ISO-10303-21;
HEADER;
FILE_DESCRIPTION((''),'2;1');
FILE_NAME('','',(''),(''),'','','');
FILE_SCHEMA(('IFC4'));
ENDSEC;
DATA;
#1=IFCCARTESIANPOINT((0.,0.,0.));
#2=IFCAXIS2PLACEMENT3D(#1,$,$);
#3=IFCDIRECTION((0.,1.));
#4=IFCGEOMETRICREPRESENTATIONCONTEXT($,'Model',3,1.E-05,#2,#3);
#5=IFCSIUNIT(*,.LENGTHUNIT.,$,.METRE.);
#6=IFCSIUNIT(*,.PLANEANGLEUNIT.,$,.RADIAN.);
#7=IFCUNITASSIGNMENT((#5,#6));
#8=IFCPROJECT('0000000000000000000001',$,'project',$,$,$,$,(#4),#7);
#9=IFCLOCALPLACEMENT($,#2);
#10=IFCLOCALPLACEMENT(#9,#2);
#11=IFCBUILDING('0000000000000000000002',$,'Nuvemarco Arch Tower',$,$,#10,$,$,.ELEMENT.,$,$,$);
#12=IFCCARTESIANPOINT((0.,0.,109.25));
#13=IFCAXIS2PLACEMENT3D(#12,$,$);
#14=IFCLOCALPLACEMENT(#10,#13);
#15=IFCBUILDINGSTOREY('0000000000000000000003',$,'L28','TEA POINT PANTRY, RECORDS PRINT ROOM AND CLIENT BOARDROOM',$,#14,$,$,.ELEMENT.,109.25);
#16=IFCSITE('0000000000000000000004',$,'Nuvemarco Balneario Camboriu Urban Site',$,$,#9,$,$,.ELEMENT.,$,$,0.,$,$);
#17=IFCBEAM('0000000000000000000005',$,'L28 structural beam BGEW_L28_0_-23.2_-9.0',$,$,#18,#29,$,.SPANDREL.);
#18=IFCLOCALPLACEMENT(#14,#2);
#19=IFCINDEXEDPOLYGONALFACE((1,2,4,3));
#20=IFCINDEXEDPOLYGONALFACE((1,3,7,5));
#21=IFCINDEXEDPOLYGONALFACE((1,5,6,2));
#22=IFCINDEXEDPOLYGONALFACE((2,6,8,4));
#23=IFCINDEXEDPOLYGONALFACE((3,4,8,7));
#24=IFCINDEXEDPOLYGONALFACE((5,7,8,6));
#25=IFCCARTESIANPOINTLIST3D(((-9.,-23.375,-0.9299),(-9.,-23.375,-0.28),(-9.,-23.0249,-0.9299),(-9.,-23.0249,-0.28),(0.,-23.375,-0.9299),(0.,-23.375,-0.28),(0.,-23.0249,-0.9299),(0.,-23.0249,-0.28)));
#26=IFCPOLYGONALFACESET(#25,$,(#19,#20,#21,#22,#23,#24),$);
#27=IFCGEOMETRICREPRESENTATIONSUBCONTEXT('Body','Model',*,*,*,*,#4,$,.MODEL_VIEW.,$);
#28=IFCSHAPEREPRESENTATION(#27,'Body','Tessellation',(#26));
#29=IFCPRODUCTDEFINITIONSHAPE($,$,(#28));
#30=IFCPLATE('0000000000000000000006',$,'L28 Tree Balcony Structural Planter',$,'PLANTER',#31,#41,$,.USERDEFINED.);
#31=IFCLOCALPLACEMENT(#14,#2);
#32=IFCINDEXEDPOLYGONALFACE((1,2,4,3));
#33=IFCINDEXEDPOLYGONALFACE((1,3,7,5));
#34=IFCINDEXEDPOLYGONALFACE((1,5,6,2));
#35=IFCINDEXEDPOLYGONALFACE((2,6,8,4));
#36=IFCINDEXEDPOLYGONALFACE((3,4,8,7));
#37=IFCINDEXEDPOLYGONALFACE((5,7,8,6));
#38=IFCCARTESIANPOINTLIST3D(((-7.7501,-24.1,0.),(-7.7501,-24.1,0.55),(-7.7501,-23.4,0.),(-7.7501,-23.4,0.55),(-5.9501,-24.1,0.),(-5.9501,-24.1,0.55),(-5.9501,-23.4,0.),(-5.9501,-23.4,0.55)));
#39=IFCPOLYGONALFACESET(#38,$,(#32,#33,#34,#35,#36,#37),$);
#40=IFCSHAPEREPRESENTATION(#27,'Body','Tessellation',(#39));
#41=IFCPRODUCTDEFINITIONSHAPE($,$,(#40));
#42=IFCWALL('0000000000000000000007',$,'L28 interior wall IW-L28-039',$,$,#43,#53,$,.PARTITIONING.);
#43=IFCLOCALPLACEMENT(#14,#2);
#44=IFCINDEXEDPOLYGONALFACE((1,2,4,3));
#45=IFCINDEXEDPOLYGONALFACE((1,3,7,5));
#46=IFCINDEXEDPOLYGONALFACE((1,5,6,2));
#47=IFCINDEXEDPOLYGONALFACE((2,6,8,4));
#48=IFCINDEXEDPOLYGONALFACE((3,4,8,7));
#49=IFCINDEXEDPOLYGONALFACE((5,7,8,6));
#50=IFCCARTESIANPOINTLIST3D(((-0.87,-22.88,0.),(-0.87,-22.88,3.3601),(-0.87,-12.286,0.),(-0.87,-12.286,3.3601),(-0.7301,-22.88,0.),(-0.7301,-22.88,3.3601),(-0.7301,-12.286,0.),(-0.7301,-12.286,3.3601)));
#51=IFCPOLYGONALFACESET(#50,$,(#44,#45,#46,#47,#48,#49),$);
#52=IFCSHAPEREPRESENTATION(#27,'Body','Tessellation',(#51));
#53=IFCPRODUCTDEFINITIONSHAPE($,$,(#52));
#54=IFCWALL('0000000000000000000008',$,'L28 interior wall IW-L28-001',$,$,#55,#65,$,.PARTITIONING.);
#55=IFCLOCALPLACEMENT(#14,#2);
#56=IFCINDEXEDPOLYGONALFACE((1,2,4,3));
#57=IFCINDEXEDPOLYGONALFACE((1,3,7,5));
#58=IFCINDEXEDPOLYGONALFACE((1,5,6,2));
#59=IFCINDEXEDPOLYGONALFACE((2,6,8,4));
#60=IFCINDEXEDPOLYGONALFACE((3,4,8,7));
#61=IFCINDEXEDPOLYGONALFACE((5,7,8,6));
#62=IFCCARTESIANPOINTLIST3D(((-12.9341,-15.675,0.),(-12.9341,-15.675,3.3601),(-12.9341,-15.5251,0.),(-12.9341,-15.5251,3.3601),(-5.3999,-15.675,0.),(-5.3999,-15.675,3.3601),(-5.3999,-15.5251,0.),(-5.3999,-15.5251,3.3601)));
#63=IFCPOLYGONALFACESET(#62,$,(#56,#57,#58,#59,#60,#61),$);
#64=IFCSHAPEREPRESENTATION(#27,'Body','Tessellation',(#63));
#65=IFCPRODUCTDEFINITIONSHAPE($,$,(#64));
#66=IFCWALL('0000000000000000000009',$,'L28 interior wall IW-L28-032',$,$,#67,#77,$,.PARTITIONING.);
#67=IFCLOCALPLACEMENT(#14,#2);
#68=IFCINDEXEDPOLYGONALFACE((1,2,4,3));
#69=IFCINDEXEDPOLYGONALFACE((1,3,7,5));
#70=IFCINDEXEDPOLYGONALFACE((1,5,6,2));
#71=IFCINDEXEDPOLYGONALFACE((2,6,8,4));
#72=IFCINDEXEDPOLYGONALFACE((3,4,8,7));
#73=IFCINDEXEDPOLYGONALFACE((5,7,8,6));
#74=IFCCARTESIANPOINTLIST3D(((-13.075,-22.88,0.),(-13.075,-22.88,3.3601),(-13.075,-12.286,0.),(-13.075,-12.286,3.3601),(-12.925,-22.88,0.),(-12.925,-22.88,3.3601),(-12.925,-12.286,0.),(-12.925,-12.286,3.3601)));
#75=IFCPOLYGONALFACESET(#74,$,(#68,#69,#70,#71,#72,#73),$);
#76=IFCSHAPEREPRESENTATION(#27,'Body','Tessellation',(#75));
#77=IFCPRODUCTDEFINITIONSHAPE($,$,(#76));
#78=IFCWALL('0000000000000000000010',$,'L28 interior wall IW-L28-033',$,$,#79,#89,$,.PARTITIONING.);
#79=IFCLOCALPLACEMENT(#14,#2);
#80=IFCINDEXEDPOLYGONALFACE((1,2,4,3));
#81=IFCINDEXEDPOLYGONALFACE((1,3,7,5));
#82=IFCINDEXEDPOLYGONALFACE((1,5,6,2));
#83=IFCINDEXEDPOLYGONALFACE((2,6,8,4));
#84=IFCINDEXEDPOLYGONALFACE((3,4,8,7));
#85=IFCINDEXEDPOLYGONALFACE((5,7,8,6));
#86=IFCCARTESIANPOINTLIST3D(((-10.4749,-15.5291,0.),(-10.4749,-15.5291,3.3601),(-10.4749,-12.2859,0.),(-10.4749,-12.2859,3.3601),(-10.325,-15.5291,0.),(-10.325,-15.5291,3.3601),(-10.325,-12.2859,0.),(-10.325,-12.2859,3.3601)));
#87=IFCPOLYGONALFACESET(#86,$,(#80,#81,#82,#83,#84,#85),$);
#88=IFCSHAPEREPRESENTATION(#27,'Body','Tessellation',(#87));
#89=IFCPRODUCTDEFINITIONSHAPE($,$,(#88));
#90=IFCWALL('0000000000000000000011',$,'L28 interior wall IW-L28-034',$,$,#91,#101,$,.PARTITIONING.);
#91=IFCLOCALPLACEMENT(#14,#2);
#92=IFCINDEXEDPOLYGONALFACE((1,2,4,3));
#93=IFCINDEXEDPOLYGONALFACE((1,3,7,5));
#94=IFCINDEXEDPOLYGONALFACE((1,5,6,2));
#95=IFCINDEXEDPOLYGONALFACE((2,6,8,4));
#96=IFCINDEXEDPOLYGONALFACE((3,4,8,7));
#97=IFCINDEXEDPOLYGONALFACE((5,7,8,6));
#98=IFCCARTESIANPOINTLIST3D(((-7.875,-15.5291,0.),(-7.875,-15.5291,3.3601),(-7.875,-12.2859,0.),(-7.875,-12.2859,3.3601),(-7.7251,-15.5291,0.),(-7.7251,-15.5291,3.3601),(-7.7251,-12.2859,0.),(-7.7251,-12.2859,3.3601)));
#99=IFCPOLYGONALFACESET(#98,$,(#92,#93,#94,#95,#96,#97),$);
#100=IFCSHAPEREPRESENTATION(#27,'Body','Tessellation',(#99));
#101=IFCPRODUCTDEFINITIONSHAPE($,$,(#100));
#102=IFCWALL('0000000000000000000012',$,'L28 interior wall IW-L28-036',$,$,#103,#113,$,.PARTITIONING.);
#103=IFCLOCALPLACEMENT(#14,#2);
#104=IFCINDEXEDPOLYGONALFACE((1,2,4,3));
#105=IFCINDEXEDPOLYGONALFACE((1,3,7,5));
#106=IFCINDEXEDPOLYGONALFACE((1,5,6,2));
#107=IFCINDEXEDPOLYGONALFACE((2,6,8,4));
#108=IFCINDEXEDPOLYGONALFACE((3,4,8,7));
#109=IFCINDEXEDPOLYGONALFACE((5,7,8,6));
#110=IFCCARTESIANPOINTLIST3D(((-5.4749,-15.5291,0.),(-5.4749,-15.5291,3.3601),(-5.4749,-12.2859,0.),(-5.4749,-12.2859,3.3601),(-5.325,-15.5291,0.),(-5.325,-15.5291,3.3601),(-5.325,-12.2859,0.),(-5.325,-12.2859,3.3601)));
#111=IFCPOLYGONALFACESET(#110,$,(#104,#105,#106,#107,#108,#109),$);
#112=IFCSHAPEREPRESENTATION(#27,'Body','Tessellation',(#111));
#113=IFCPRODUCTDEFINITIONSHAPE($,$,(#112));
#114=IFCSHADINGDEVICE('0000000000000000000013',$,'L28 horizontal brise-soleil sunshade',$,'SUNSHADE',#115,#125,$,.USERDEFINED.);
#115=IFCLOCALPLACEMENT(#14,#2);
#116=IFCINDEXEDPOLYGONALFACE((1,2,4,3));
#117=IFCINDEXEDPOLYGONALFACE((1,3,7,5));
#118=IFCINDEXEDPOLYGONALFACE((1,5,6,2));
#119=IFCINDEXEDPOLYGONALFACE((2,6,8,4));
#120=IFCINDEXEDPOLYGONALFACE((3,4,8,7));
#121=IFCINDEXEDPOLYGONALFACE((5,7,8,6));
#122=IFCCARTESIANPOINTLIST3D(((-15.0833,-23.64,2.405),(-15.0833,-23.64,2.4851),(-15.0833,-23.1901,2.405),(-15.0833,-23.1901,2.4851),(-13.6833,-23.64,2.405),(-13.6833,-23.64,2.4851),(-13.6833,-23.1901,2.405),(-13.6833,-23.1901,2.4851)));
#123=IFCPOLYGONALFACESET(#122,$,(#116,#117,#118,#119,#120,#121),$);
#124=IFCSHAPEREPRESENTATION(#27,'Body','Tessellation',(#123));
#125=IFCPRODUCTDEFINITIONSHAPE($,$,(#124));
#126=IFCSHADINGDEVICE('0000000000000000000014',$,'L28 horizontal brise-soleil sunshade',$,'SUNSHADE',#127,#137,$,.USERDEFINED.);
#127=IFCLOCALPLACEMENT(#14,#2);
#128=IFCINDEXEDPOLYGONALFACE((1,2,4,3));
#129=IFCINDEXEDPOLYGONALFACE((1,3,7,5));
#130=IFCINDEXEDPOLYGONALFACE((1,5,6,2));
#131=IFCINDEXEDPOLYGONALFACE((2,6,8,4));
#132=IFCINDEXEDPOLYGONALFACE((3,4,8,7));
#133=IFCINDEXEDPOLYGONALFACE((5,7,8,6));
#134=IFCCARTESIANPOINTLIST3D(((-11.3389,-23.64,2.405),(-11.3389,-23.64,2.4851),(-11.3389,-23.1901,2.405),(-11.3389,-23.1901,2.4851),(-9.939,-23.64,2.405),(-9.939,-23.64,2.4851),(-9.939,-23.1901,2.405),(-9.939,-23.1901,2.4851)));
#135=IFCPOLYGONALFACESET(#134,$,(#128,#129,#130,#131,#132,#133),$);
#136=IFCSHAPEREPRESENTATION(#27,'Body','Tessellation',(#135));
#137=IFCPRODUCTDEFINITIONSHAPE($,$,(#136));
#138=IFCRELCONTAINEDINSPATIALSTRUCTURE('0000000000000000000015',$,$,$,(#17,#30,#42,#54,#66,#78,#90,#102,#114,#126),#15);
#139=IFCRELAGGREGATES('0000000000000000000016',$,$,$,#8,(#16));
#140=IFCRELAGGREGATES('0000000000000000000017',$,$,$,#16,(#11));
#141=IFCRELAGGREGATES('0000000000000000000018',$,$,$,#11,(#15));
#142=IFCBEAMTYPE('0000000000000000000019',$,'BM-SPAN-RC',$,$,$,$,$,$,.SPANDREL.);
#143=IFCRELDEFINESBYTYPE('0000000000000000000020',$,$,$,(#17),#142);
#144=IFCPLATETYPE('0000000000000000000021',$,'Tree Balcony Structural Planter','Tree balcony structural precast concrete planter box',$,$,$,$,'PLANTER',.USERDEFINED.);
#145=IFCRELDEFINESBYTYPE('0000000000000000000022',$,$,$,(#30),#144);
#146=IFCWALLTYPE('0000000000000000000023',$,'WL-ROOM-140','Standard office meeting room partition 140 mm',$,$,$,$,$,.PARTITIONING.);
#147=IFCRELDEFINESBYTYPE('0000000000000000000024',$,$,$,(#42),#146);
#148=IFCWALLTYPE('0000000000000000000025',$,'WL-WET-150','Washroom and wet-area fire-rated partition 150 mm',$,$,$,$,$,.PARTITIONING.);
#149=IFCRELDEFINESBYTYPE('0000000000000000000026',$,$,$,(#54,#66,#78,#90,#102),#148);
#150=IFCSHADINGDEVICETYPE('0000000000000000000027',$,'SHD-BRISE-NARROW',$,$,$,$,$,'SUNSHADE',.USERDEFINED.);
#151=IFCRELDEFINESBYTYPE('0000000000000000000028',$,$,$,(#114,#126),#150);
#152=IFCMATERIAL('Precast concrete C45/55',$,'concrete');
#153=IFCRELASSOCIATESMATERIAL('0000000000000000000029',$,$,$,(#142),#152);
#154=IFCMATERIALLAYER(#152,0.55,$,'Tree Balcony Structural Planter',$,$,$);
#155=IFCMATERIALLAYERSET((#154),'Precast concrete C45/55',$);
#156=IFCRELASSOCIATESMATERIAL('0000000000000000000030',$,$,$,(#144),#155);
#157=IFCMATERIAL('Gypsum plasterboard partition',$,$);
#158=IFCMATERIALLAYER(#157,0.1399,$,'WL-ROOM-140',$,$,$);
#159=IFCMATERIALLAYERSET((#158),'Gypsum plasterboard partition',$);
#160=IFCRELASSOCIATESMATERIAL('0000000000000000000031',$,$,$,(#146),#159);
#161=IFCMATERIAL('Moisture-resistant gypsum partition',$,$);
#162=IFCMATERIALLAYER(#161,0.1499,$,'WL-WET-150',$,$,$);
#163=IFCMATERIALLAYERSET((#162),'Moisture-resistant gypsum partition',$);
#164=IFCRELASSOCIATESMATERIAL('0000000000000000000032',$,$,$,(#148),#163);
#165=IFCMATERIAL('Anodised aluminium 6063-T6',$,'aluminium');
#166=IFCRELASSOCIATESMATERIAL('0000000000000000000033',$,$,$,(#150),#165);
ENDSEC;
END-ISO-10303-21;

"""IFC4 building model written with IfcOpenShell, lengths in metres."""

from ifc_helpers import new_model, si_unit, direction, frame, frame_2d, origin, origin_2d, place, context, subcontext, project, spatial, rectangle, extrude, source, transform, mapped, material, layer, layer_set, material_profile, profile_set, type_object, type_shapes, element, save


model = new_model("IFC4")

# Units and contexts
model_context = context("Model", 3, precision=1e-05, world=origin(), true_north=direction((0.0, 1.0)))
body_context = subcontext(model_context, "Body", "Model", "MODEL_VIEW")
ifc_project = project(units=[si_unit("LENGTHUNIT", "METRE"), si_unit("PLANEANGLEUNIT", "RADIAN")], contexts=[model_context])

# Site, building, storey
site_placement = place(None, origin())
site = spatial("IfcSite", under=ifc_project, at=site_placement, Name="Nuvemarco Balneario Camboriu Urban Site", CompositionType="ELEMENT", RefElevation=0.0)
building_placement = place(site_placement, origin())
building = spatial("IfcBuilding", under=site, at=building_placement, Name="Nuvemarco Arch Tower", CompositionType="ELEMENT")
storey_placement = place(building_placement, frame((0.0, 0.0, 109.25)))
storey = spatial("IfcBuildingStorey", under=building, at=storey_placement, Name="L28", Description="TEA POINT PANTRY, RECORDS PRINT ROOM AND CLIENT BOARDROOM", CompositionType="ELEMENT", Elevation=109.25)

# Beam
ifc_material_1 = material(Name="Precast concrete C45/55", Category="concrete")
ifc_material_profile_1 = material_profile(ifc_material_1, rectangle(XDim=0.3501, YDim=0.6499, at=origin_2d()), Name="PC-SP-350x650")
ifc_profile_set_1 = profile_set([ifc_material_profile_1], Name="Precast concrete C45/55")
beam_type_1 = type_object("IfcBeamType", Name="BM-SPAN-RC", PredefinedType="SPANDREL", material=ifc_profile_set_1)
beam_1_placement = place(storey_placement, frame((-9.0, -23.2, -0.605), z_axis=(1.0, 0.0, 0.0), x_axis=(0.0, 1.0, 0.0)))
element("IfcBeam", 1, at=beam_1_placement, inside=storey, type_object=beam_type_1, Name="L28 structural beam BGEW_L28_0_-23.2_-9.0", PredefinedType="SPANDREL", context=body_context, shape_type="SweptSolid", body=[
    extrude(rectangle(XDim=0.3501, YDim=0.6499, at=origin_2d()), origin(), (0.0, 0.0, 1.0), 9.0),
])

# Plate
ifc_layer_1 = layer(ifc_material_1, 0.55, Name="Tree Balcony Structural Planter")
ifc_layer_set_1 = layer_set([ifc_layer_1], Name="Precast concrete C45/55")
plate_type = type_object("IfcPlateType", Name="Tree Balcony Structural Planter", Description="Tree balcony structural precast concrete planter box", ElementType="PLANTER", PredefinedType="USERDEFINED", material=ifc_layer_set_1)
shared_shape_1 = source(origin(), body_context, "Body", "SweptSolid", [
    extrude(rectangle(XDim=1.8, YDim=0.7, at=origin_2d()), origin(), (0.0, 0.0, 1.0), 0.55),
])
type_shapes(plate_type, [shared_shape_1])
plate_placement = place(storey_placement, frame((-6.8501, -23.75, 0.0), z_axis=(0.0, 0.0, 1.0), x_axis=(1.0, 0.0, 0.0)))
element("IfcPlate", 2, at=plate_placement, inside=storey, type_object=plate_type, Name="L28 Tree Balcony Structural Planter", ObjectType="PLANTER", PredefinedType="USERDEFINED", context=body_context, shape_type="MappedRepresentation", body=[
    mapped(shared_shape_1, transform((0.0, 0.0, 0.0), scale=1.0)),
])

# Walls
ifc_material_2 = material(Name="Gypsum plasterboard partition")
ifc_layer_2 = layer(ifc_material_2, 0.1399, Name="WL-ROOM-140")
ifc_layer_set_2 = layer_set([ifc_layer_2], Name="Gypsum plasterboard partition")
wall_type_1 = type_object("IfcWallType", Name="WL-ROOM-140", Description="Standard office meeting room partition 140 mm", PredefinedType="PARTITIONING", material=ifc_layer_set_2)
wall_1_placement = place(storey_placement, frame((-0.8, -22.8799, 0.0), z_axis=(0.0, 0.0, 1.0), x_axis=(0.0, 1.0, 0.0)))
element("IfcWall", 3, at=wall_1_placement, inside=storey, type_object=wall_type_1, Name="L28 interior wall IW-L28-039", PredefinedType="PARTITIONING", context=body_context, shape_type="SweptSolid", body=[
    extrude(rectangle(XDim=10.594, YDim=0.1399, at=frame_2d((5.2969, 0.0))), origin(), (0.0, 0.0, 1.0), 3.3601),
])
ifc_material_3 = material(Name="Moisture-resistant gypsum partition")
ifc_layer_3 = layer(ifc_material_3, 0.1499, Name="WL-WET-150")
ifc_layer_set_3 = layer_set([ifc_layer_3], Name="Moisture-resistant gypsum partition")
wall_type_2 = type_object("IfcWallType", Name="WL-WET-150", Description="Washroom and wet-area fire-rated partition 150 mm", PredefinedType="PARTITIONING", material=ifc_layer_set_3)
wall_2_placement = place(storey_placement, frame((-12.9341, -15.6001, 0.0), z_axis=(0.0, 0.0, 1.0), x_axis=(1.0, 0.0, 0.0)))
element("IfcWall", 4, at=wall_2_placement, inside=storey, type_object=wall_type_2, Name="L28 interior wall IW-L28-001", PredefinedType="PARTITIONING", context=body_context, shape_type="SweptSolid", body=[
    extrude(rectangle(XDim=7.5342, YDim=0.1499, at=frame_2d((3.7671, 0.0))), origin(), (0.0, 0.0, 1.0), 3.3601),
])
wall_3_placement = place(storey_placement, frame((-13.0, -22.8799, 0.0), z_axis=(0.0, 0.0, 1.0), x_axis=(0.0, 1.0, 0.0)))
element("IfcWall", 5, at=wall_3_placement, inside=storey, type_object=wall_type_2, Name="L28 interior wall IW-L28-032", PredefinedType="PARTITIONING", context=body_context, shape_type="SweptSolid", body=[
    extrude(rectangle(XDim=10.594, YDim=0.1499, at=frame_2d((5.2969, 0.0))), origin(), (0.0, 0.0, 1.0), 3.3601),
])
for number, where, z_axis, x_axis, name in (
    (6, (-10.3999, -15.5291, 0.0), (0.0, 0.0, 1.0), (0.0, 1.0, 0.0), "L28 interior wall IW-L28-033"),
    (7, (-7.8, -15.5291, 0.0), (0.0, 0.0, 1.0), (0.0, 1.0, 0.0), "L28 interior wall IW-L28-034"),
    (8, (-5.3999, -15.5291, 0.0), (0.0, 0.0, 1.0), (0.0, 1.0, 0.0), "L28 interior wall IW-L28-036"),
):
    element("IfcWall", number, at=place(storey_placement, frame(where, z_axis=z_axis, x_axis=x_axis)), inside=storey, type_object=wall_type_2, Name=name, PredefinedType="PARTITIONING", context=body_context, shape_type="SweptSolid", body=[
        extrude(rectangle(XDim=3.2432, YDim=0.1499, at=frame_2d((1.6216, 0.0))), origin(), (0.0, 0.0, 1.0), 3.3601),
    ])

# Shading devices
ifc_material_4 = material(Name="Anodised aluminium 6063-T6", Category="aluminium")
shading_device_type = type_object("IfcShadingDeviceType", Name="SHD-BRISE-NARROW", ElementType="SUNSHADE", PredefinedType="USERDEFINED", material=ifc_material_4)
shared_shape_2 = source(origin(), body_context, "Body", "SweptSolid", [
    extrude(rectangle(XDim=1.3999, YDim=0.45, at=origin_2d()), origin(), (0.0, 0.0, 1.0), 0.0801),
])
type_shapes(shading_device_type, [shared_shape_2])
for number, where, z_axis, x_axis, name in (
    (9, (-14.3833, -23.415, 2.405), (0.0, 0.0, 1.0), (1.0, 0.0, 0.0), "L28 horizontal brise-soleil sunshade"),
    (10, (-10.6389, -23.415, 2.405), (0.0, 0.0, 1.0), (1.0, 0.0, 0.0), "L28 horizontal brise-soleil sunshade"),
):
    element("IfcShadingDevice", number, at=place(storey_placement, frame(where, z_axis=z_axis, x_axis=x_axis)), inside=storey, type_object=shading_device_type, Name=name, ObjectType="SUNSHADE", PredefinedType="USERDEFINED", context=body_context, shape_type="MappedRepresentation", body=[
        mapped(shared_shape_2, transform((0.0, 0.0, 0.0), scale=1.0)),
    ])

save(model, "model.ifc")
